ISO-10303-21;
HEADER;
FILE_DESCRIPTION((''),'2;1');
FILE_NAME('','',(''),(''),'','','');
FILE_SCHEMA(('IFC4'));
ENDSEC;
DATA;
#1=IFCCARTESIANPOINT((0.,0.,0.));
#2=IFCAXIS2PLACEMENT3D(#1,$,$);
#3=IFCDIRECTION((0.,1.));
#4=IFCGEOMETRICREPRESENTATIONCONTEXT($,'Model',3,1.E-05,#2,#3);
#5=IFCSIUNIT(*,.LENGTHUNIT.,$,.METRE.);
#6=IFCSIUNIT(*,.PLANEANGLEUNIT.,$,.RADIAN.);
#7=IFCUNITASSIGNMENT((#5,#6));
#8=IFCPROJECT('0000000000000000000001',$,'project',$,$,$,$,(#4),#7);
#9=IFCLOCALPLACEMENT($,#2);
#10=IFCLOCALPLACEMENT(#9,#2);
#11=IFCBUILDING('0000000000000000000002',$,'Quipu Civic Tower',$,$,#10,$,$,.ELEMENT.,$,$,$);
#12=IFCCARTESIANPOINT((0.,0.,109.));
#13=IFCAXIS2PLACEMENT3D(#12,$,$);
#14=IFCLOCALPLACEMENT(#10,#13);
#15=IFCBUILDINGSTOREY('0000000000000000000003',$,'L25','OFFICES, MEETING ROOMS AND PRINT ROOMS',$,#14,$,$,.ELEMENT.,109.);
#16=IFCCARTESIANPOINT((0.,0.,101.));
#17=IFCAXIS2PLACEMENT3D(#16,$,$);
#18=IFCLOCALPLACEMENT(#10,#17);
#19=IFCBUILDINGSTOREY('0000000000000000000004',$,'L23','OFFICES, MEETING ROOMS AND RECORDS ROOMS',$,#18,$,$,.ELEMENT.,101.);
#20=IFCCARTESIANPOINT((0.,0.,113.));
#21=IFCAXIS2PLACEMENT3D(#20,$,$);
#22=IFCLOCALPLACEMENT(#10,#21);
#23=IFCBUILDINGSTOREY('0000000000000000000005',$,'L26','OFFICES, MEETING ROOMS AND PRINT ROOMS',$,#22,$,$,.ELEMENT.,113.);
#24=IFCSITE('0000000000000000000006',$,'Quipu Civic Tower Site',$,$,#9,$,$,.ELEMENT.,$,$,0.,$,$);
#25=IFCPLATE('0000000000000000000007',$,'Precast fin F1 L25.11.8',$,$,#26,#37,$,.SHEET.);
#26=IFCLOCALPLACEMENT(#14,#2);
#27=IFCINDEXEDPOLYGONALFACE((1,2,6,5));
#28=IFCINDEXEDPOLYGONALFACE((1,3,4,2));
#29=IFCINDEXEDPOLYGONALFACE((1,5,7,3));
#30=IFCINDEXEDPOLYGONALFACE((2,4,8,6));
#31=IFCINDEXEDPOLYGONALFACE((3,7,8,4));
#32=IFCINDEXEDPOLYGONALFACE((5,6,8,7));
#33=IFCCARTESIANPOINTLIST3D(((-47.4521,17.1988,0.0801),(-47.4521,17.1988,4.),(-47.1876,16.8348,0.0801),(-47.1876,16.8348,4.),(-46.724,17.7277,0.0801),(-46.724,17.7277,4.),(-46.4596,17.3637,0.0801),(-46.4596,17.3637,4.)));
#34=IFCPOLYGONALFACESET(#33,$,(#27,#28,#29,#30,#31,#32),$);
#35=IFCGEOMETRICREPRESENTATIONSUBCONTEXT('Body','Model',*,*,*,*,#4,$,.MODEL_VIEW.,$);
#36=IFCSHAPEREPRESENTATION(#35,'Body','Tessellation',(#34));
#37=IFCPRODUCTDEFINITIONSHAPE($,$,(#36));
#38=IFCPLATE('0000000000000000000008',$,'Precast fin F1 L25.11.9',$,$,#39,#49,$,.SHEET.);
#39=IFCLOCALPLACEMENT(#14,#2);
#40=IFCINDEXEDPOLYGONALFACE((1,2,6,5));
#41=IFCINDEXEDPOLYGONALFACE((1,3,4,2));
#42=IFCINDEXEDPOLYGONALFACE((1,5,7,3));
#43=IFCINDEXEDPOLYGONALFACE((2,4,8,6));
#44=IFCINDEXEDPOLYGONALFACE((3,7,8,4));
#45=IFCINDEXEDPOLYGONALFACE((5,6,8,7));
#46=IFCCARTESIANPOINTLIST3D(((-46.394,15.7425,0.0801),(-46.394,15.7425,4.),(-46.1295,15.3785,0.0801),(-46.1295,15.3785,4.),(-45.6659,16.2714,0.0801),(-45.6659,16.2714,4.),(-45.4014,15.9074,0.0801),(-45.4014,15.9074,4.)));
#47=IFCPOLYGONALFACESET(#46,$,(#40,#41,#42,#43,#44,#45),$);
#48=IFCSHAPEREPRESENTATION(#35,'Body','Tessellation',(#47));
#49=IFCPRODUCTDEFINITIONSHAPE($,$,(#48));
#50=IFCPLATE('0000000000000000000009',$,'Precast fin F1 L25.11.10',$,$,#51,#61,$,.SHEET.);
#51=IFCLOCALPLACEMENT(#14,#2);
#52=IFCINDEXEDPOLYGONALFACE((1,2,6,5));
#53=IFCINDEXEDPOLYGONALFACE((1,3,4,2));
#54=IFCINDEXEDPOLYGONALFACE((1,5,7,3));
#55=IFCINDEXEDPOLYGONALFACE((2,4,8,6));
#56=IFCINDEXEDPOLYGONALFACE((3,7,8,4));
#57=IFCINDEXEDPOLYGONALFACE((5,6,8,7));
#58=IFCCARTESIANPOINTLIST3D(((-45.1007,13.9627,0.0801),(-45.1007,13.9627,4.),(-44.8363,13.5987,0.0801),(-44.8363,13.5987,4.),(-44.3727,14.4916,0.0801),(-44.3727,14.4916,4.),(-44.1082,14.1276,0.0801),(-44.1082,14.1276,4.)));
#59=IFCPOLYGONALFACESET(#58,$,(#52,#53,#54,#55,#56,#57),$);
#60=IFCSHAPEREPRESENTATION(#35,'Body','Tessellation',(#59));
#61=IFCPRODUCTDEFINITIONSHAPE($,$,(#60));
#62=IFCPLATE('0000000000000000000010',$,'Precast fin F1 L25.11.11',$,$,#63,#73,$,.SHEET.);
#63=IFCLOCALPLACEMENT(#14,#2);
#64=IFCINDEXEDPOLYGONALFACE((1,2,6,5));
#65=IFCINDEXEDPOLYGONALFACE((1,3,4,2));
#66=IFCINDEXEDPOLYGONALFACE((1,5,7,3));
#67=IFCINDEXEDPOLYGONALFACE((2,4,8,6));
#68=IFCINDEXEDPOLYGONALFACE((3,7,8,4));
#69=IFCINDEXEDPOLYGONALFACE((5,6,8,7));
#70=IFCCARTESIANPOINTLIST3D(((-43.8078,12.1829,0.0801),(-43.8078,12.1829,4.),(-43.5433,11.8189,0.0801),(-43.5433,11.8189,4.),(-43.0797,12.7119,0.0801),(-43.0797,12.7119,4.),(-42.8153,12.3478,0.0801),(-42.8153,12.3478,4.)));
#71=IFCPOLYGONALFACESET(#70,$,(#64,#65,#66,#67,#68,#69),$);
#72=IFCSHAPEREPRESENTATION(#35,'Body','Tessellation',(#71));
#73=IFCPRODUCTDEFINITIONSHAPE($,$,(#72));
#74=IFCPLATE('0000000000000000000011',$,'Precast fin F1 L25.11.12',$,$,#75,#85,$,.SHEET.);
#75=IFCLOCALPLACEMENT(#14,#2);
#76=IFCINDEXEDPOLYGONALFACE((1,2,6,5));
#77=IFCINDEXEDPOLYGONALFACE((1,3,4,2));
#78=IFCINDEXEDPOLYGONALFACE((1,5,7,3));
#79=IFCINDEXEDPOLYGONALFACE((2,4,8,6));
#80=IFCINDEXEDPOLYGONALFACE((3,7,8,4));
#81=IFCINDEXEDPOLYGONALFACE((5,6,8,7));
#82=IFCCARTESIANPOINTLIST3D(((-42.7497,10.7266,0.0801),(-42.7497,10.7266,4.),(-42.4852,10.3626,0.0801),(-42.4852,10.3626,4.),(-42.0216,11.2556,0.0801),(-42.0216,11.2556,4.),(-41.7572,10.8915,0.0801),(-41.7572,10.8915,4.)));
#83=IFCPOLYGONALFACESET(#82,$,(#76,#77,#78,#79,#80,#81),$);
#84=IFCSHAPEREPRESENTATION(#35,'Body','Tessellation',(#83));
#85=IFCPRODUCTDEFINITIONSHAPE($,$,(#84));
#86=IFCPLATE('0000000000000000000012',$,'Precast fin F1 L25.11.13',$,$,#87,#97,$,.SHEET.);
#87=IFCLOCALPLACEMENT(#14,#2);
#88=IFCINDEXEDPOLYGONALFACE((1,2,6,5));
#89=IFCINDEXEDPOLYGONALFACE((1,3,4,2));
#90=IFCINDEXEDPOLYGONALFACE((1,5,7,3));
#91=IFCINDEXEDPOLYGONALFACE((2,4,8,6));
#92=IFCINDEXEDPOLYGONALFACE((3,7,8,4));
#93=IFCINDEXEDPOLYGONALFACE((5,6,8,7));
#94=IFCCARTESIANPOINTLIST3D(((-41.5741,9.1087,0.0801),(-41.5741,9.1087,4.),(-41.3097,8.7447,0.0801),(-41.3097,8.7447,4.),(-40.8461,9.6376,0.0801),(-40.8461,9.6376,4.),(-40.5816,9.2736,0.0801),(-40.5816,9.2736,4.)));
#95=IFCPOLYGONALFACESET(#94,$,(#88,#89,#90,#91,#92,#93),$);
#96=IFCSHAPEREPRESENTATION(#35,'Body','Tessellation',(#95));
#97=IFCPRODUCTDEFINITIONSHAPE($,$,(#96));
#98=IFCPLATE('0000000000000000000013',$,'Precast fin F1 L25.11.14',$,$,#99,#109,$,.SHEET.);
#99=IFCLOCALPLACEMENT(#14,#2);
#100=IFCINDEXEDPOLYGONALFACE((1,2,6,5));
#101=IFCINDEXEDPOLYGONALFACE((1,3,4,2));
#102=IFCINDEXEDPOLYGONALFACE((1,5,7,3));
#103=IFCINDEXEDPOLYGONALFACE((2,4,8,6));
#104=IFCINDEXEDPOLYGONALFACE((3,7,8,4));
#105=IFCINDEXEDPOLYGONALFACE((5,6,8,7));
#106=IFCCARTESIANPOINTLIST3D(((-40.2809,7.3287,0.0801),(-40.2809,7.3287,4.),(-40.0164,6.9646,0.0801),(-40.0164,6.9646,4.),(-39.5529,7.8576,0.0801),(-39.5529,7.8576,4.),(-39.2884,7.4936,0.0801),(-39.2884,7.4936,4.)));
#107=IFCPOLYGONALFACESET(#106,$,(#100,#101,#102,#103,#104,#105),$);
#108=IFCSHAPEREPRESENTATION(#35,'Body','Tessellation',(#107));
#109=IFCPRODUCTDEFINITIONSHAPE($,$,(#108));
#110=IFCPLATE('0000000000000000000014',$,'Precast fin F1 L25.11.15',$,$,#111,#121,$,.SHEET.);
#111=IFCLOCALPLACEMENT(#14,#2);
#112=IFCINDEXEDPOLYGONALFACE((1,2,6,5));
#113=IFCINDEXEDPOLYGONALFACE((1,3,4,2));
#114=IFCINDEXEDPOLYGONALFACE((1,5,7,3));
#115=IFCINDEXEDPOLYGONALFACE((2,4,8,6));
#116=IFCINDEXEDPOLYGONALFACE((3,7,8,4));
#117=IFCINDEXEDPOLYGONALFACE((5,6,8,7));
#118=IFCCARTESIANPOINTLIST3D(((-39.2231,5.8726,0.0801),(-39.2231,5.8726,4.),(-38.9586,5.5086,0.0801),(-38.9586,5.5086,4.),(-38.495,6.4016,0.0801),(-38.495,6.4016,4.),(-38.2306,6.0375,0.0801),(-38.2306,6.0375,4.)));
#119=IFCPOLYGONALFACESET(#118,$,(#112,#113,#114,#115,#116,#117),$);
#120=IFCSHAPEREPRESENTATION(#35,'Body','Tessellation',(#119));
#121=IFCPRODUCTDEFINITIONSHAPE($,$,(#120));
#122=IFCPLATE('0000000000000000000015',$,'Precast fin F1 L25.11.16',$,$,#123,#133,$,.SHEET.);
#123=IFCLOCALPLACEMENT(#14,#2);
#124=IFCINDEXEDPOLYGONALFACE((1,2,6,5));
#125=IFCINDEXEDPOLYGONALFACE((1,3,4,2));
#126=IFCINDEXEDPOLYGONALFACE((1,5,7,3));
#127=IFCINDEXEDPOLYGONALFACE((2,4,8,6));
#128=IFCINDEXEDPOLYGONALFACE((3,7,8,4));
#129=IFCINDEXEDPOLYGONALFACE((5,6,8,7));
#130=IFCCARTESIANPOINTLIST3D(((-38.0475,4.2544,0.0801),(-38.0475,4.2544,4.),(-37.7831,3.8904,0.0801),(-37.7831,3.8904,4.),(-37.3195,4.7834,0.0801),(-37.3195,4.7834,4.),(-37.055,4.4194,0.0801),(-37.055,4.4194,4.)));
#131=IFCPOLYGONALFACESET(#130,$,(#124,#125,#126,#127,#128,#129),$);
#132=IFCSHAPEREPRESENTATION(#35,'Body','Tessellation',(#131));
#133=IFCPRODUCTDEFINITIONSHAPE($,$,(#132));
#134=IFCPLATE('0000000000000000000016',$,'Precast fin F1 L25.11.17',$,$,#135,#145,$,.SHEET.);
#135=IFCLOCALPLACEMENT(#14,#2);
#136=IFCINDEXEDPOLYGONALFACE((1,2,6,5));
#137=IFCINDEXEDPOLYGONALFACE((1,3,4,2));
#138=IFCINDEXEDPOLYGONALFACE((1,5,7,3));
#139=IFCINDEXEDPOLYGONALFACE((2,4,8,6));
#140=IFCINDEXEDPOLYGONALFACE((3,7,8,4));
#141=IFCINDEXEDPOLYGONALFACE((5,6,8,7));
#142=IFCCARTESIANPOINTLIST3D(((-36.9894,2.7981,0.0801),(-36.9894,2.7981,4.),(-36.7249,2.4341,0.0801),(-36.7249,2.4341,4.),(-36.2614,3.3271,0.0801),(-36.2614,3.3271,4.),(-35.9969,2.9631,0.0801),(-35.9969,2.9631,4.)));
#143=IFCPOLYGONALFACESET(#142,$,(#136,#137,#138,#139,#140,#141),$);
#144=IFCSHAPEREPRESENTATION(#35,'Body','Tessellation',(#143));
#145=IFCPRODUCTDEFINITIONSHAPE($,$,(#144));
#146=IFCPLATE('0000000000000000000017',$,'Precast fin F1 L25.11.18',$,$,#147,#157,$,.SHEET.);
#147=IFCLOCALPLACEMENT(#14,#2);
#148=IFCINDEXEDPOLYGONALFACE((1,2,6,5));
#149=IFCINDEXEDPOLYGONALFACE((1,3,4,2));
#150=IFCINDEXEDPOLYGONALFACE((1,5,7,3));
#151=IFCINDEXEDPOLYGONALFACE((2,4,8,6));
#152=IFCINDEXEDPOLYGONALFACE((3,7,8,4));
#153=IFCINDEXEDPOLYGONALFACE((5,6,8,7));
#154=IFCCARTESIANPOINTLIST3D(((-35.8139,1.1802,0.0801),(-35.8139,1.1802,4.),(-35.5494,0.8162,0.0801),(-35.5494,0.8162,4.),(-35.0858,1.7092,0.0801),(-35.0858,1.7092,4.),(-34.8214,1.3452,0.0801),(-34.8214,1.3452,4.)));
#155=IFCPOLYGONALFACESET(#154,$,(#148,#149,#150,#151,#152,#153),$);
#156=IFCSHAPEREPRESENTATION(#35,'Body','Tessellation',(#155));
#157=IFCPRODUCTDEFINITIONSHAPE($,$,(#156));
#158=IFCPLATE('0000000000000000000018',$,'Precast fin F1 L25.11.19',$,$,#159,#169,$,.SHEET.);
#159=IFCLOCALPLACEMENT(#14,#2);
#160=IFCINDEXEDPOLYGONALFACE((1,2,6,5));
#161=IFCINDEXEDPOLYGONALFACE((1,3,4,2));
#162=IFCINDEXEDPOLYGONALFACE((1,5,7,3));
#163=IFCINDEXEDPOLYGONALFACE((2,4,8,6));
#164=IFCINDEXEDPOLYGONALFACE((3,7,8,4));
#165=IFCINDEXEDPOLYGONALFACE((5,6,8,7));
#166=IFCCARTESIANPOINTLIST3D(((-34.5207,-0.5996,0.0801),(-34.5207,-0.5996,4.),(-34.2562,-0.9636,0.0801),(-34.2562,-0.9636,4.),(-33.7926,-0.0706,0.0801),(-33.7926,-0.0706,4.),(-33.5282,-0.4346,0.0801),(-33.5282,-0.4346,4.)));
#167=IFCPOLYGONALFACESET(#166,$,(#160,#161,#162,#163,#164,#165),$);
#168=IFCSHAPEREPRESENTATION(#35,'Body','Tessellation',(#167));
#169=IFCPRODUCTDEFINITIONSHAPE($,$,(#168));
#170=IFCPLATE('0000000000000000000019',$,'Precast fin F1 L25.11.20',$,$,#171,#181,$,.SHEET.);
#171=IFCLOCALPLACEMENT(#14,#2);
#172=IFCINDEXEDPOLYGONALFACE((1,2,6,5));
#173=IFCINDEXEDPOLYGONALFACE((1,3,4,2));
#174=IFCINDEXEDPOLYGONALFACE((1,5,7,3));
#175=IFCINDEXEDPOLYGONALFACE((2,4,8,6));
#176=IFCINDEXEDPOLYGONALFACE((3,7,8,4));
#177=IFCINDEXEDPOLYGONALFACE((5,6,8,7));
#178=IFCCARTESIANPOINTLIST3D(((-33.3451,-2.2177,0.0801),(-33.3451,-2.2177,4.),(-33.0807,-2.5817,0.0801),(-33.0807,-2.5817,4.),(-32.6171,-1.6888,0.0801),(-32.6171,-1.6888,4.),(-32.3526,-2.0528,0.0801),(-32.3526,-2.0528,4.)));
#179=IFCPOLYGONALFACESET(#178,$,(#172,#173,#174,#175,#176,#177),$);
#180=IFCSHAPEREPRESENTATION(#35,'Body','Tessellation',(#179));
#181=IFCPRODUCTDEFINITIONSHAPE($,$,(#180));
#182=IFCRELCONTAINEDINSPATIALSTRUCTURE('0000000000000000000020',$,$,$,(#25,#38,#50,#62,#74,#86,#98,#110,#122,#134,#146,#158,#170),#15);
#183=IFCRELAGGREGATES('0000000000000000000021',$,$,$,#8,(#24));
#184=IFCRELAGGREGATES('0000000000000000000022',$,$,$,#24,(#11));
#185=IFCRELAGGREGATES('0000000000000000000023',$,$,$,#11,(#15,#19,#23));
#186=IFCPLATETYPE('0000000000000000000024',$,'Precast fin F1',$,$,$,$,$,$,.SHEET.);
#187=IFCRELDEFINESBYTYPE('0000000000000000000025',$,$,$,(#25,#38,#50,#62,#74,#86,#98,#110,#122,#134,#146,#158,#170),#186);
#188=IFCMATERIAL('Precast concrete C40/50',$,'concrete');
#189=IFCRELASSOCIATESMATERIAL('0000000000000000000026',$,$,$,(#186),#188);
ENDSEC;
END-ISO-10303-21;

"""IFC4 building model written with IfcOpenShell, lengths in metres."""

from ifc_helpers import new_model, si_unit, direction, frame, origin, origin_2d, place, context, subcontext, project, spatial, rectangle, extrude, material, type_object, element, save


model = new_model("IFC4")

# Units and contexts
model_context = context("Model", 3, precision=1e-05, world=origin(), true_north=direction((0.0, 1.0)))
body_context = subcontext(model_context, "Body", "Model", "MODEL_VIEW")
ifc_project = project(units=[si_unit("LENGTHUNIT", "METRE"), si_unit("PLANEANGLEUNIT", "RADIAN")], contexts=[model_context])

# Site, building, storey
site_placement = place(None, origin())
site = spatial("IfcSite", under=ifc_project, at=site_placement, Name="Quipu Civic Tower Site", CompositionType="ELEMENT", RefElevation=0.0)
building_placement = place(site_placement, origin())
building = spatial("IfcBuilding", under=site, at=building_placement, Name="Quipu Civic Tower", CompositionType="ELEMENT")
storey_1_placement = place(building_placement, frame((0.0, 0.0, 109.0)))
storey_1 = spatial("IfcBuildingStorey", under=building, at=storey_1_placement, Name="L25", Description="OFFICES, MEETING ROOMS AND PRINT ROOMS", CompositionType="ELEMENT", Elevation=109.0)

# Shared definitions
storey_2_placement = place(building_placement, frame((0.0, 0.0, 101.0)))
storey_2 = spatial("IfcBuildingStorey", under=building, at=storey_2_placement, Name="L23", Description="OFFICES, MEETING ROOMS AND RECORDS ROOMS", CompositionType="ELEMENT", Elevation=101.0)

# Shared definitions
storey_3_placement = place(building_placement, frame((0.0, 0.0, 113.0)))
storey_3 = spatial("IfcBuildingStorey", under=building, at=storey_3_placement, Name="L26", Description="OFFICES, MEETING ROOMS AND PRINT ROOMS", CompositionType="ELEMENT", Elevation=113.0)

# Plates
ifc_material_1 = material(Name="Precast concrete C40/50", Category="concrete")
plate_type_1 = type_object("IfcPlateType", Name="Precast fin F1", PredefinedType="SHEET", material=ifc_material_1)
for number, where, z_axis, x_axis, name in (
    (1, (-46.9558, 17.2812, 0.0801), (0.0, 0.0, 1.0), (0.587786, -0.809017, 0.0), "Precast fin F1 L25.11.8"),
    (2, (-45.8977, 15.825, 0.0801), (0.0, 0.0, 1.0), (0.587786, -0.809017, 0.0), "Precast fin F1 L25.11.9"),
    (3, (-44.6045, 14.0452, 0.0801), (0.0, 0.0, 1.0), (0.587786, -0.809017, 0.0), "Precast fin F1 L25.11.10"),
    (4, (-43.3115, 12.2654, 0.0801), (0.0, 0.0, 1.0), (0.587786, -0.809017, 0.0), "Precast fin F1 L25.11.11"),
    (5, (-42.2534, 10.8091, 0.0801), (0.0, 0.0, 1.0), (0.587786, -0.809017, 0.0), "Precast fin F1 L25.11.12"),
    (6, (-41.0779, 9.1912, 0.0801), (0.0, 0.0, 1.0), (0.587786, -0.809017, 0.0), "Precast fin F1 L25.11.13"),
    (7, (-39.7847, 7.4111, 0.0801), (0.0, 0.0, 1.0), (0.587786, -0.809017, 0.0), "Precast fin F1 L25.11.14"),
    (8, (-38.7268, 5.9551, 0.0801), (0.0, 0.0, 1.0), (0.587786, -0.809017, 0.0), "Precast fin F1 L25.11.15"),
    (9, (-37.5513, 4.3369, 0.0801), (0.0, 0.0, 1.0), (0.587786, -0.809017, 0.0), "Precast fin F1 L25.11.16"),
    (10, (-36.4932, 2.8806, 0.0801), (0.0, 0.0, 1.0), (0.587786, -0.809017, 0.0), "Precast fin F1 L25.11.17"),
    (11, (-35.3176, 1.2627, 0.0801), (0.0, 0.0, 1.0), (0.587786, -0.809017, 0.0), "Precast fin F1 L25.11.18"),
    (12, (-34.0244, -0.5171, 0.0801), (0.0, 0.0, 1.0), (0.587786, -0.809017, 0.0), "Precast fin F1 L25.11.19"),
    (13, (-32.8489, -2.1353, 0.0801), (0.0, 0.0, 1.0), (0.587786, -0.809017, 0.0), "Precast fin F1 L25.11.20"),
):
    element("IfcPlate", number, at=place(storey_1_placement, frame(where, z_axis=z_axis, x_axis=x_axis)), inside=storey_1, type_object=plate_type_1, Name=name, PredefinedType="SHEET", context=body_context, shape_type="SweptSolid", body=[
        extrude(rectangle(XDim=0.45, YDim=0.8999, at=origin_2d()), origin(), (0.0, 0.0, 1.0), 3.9199),
    ])

save(model, "model.ifc")
